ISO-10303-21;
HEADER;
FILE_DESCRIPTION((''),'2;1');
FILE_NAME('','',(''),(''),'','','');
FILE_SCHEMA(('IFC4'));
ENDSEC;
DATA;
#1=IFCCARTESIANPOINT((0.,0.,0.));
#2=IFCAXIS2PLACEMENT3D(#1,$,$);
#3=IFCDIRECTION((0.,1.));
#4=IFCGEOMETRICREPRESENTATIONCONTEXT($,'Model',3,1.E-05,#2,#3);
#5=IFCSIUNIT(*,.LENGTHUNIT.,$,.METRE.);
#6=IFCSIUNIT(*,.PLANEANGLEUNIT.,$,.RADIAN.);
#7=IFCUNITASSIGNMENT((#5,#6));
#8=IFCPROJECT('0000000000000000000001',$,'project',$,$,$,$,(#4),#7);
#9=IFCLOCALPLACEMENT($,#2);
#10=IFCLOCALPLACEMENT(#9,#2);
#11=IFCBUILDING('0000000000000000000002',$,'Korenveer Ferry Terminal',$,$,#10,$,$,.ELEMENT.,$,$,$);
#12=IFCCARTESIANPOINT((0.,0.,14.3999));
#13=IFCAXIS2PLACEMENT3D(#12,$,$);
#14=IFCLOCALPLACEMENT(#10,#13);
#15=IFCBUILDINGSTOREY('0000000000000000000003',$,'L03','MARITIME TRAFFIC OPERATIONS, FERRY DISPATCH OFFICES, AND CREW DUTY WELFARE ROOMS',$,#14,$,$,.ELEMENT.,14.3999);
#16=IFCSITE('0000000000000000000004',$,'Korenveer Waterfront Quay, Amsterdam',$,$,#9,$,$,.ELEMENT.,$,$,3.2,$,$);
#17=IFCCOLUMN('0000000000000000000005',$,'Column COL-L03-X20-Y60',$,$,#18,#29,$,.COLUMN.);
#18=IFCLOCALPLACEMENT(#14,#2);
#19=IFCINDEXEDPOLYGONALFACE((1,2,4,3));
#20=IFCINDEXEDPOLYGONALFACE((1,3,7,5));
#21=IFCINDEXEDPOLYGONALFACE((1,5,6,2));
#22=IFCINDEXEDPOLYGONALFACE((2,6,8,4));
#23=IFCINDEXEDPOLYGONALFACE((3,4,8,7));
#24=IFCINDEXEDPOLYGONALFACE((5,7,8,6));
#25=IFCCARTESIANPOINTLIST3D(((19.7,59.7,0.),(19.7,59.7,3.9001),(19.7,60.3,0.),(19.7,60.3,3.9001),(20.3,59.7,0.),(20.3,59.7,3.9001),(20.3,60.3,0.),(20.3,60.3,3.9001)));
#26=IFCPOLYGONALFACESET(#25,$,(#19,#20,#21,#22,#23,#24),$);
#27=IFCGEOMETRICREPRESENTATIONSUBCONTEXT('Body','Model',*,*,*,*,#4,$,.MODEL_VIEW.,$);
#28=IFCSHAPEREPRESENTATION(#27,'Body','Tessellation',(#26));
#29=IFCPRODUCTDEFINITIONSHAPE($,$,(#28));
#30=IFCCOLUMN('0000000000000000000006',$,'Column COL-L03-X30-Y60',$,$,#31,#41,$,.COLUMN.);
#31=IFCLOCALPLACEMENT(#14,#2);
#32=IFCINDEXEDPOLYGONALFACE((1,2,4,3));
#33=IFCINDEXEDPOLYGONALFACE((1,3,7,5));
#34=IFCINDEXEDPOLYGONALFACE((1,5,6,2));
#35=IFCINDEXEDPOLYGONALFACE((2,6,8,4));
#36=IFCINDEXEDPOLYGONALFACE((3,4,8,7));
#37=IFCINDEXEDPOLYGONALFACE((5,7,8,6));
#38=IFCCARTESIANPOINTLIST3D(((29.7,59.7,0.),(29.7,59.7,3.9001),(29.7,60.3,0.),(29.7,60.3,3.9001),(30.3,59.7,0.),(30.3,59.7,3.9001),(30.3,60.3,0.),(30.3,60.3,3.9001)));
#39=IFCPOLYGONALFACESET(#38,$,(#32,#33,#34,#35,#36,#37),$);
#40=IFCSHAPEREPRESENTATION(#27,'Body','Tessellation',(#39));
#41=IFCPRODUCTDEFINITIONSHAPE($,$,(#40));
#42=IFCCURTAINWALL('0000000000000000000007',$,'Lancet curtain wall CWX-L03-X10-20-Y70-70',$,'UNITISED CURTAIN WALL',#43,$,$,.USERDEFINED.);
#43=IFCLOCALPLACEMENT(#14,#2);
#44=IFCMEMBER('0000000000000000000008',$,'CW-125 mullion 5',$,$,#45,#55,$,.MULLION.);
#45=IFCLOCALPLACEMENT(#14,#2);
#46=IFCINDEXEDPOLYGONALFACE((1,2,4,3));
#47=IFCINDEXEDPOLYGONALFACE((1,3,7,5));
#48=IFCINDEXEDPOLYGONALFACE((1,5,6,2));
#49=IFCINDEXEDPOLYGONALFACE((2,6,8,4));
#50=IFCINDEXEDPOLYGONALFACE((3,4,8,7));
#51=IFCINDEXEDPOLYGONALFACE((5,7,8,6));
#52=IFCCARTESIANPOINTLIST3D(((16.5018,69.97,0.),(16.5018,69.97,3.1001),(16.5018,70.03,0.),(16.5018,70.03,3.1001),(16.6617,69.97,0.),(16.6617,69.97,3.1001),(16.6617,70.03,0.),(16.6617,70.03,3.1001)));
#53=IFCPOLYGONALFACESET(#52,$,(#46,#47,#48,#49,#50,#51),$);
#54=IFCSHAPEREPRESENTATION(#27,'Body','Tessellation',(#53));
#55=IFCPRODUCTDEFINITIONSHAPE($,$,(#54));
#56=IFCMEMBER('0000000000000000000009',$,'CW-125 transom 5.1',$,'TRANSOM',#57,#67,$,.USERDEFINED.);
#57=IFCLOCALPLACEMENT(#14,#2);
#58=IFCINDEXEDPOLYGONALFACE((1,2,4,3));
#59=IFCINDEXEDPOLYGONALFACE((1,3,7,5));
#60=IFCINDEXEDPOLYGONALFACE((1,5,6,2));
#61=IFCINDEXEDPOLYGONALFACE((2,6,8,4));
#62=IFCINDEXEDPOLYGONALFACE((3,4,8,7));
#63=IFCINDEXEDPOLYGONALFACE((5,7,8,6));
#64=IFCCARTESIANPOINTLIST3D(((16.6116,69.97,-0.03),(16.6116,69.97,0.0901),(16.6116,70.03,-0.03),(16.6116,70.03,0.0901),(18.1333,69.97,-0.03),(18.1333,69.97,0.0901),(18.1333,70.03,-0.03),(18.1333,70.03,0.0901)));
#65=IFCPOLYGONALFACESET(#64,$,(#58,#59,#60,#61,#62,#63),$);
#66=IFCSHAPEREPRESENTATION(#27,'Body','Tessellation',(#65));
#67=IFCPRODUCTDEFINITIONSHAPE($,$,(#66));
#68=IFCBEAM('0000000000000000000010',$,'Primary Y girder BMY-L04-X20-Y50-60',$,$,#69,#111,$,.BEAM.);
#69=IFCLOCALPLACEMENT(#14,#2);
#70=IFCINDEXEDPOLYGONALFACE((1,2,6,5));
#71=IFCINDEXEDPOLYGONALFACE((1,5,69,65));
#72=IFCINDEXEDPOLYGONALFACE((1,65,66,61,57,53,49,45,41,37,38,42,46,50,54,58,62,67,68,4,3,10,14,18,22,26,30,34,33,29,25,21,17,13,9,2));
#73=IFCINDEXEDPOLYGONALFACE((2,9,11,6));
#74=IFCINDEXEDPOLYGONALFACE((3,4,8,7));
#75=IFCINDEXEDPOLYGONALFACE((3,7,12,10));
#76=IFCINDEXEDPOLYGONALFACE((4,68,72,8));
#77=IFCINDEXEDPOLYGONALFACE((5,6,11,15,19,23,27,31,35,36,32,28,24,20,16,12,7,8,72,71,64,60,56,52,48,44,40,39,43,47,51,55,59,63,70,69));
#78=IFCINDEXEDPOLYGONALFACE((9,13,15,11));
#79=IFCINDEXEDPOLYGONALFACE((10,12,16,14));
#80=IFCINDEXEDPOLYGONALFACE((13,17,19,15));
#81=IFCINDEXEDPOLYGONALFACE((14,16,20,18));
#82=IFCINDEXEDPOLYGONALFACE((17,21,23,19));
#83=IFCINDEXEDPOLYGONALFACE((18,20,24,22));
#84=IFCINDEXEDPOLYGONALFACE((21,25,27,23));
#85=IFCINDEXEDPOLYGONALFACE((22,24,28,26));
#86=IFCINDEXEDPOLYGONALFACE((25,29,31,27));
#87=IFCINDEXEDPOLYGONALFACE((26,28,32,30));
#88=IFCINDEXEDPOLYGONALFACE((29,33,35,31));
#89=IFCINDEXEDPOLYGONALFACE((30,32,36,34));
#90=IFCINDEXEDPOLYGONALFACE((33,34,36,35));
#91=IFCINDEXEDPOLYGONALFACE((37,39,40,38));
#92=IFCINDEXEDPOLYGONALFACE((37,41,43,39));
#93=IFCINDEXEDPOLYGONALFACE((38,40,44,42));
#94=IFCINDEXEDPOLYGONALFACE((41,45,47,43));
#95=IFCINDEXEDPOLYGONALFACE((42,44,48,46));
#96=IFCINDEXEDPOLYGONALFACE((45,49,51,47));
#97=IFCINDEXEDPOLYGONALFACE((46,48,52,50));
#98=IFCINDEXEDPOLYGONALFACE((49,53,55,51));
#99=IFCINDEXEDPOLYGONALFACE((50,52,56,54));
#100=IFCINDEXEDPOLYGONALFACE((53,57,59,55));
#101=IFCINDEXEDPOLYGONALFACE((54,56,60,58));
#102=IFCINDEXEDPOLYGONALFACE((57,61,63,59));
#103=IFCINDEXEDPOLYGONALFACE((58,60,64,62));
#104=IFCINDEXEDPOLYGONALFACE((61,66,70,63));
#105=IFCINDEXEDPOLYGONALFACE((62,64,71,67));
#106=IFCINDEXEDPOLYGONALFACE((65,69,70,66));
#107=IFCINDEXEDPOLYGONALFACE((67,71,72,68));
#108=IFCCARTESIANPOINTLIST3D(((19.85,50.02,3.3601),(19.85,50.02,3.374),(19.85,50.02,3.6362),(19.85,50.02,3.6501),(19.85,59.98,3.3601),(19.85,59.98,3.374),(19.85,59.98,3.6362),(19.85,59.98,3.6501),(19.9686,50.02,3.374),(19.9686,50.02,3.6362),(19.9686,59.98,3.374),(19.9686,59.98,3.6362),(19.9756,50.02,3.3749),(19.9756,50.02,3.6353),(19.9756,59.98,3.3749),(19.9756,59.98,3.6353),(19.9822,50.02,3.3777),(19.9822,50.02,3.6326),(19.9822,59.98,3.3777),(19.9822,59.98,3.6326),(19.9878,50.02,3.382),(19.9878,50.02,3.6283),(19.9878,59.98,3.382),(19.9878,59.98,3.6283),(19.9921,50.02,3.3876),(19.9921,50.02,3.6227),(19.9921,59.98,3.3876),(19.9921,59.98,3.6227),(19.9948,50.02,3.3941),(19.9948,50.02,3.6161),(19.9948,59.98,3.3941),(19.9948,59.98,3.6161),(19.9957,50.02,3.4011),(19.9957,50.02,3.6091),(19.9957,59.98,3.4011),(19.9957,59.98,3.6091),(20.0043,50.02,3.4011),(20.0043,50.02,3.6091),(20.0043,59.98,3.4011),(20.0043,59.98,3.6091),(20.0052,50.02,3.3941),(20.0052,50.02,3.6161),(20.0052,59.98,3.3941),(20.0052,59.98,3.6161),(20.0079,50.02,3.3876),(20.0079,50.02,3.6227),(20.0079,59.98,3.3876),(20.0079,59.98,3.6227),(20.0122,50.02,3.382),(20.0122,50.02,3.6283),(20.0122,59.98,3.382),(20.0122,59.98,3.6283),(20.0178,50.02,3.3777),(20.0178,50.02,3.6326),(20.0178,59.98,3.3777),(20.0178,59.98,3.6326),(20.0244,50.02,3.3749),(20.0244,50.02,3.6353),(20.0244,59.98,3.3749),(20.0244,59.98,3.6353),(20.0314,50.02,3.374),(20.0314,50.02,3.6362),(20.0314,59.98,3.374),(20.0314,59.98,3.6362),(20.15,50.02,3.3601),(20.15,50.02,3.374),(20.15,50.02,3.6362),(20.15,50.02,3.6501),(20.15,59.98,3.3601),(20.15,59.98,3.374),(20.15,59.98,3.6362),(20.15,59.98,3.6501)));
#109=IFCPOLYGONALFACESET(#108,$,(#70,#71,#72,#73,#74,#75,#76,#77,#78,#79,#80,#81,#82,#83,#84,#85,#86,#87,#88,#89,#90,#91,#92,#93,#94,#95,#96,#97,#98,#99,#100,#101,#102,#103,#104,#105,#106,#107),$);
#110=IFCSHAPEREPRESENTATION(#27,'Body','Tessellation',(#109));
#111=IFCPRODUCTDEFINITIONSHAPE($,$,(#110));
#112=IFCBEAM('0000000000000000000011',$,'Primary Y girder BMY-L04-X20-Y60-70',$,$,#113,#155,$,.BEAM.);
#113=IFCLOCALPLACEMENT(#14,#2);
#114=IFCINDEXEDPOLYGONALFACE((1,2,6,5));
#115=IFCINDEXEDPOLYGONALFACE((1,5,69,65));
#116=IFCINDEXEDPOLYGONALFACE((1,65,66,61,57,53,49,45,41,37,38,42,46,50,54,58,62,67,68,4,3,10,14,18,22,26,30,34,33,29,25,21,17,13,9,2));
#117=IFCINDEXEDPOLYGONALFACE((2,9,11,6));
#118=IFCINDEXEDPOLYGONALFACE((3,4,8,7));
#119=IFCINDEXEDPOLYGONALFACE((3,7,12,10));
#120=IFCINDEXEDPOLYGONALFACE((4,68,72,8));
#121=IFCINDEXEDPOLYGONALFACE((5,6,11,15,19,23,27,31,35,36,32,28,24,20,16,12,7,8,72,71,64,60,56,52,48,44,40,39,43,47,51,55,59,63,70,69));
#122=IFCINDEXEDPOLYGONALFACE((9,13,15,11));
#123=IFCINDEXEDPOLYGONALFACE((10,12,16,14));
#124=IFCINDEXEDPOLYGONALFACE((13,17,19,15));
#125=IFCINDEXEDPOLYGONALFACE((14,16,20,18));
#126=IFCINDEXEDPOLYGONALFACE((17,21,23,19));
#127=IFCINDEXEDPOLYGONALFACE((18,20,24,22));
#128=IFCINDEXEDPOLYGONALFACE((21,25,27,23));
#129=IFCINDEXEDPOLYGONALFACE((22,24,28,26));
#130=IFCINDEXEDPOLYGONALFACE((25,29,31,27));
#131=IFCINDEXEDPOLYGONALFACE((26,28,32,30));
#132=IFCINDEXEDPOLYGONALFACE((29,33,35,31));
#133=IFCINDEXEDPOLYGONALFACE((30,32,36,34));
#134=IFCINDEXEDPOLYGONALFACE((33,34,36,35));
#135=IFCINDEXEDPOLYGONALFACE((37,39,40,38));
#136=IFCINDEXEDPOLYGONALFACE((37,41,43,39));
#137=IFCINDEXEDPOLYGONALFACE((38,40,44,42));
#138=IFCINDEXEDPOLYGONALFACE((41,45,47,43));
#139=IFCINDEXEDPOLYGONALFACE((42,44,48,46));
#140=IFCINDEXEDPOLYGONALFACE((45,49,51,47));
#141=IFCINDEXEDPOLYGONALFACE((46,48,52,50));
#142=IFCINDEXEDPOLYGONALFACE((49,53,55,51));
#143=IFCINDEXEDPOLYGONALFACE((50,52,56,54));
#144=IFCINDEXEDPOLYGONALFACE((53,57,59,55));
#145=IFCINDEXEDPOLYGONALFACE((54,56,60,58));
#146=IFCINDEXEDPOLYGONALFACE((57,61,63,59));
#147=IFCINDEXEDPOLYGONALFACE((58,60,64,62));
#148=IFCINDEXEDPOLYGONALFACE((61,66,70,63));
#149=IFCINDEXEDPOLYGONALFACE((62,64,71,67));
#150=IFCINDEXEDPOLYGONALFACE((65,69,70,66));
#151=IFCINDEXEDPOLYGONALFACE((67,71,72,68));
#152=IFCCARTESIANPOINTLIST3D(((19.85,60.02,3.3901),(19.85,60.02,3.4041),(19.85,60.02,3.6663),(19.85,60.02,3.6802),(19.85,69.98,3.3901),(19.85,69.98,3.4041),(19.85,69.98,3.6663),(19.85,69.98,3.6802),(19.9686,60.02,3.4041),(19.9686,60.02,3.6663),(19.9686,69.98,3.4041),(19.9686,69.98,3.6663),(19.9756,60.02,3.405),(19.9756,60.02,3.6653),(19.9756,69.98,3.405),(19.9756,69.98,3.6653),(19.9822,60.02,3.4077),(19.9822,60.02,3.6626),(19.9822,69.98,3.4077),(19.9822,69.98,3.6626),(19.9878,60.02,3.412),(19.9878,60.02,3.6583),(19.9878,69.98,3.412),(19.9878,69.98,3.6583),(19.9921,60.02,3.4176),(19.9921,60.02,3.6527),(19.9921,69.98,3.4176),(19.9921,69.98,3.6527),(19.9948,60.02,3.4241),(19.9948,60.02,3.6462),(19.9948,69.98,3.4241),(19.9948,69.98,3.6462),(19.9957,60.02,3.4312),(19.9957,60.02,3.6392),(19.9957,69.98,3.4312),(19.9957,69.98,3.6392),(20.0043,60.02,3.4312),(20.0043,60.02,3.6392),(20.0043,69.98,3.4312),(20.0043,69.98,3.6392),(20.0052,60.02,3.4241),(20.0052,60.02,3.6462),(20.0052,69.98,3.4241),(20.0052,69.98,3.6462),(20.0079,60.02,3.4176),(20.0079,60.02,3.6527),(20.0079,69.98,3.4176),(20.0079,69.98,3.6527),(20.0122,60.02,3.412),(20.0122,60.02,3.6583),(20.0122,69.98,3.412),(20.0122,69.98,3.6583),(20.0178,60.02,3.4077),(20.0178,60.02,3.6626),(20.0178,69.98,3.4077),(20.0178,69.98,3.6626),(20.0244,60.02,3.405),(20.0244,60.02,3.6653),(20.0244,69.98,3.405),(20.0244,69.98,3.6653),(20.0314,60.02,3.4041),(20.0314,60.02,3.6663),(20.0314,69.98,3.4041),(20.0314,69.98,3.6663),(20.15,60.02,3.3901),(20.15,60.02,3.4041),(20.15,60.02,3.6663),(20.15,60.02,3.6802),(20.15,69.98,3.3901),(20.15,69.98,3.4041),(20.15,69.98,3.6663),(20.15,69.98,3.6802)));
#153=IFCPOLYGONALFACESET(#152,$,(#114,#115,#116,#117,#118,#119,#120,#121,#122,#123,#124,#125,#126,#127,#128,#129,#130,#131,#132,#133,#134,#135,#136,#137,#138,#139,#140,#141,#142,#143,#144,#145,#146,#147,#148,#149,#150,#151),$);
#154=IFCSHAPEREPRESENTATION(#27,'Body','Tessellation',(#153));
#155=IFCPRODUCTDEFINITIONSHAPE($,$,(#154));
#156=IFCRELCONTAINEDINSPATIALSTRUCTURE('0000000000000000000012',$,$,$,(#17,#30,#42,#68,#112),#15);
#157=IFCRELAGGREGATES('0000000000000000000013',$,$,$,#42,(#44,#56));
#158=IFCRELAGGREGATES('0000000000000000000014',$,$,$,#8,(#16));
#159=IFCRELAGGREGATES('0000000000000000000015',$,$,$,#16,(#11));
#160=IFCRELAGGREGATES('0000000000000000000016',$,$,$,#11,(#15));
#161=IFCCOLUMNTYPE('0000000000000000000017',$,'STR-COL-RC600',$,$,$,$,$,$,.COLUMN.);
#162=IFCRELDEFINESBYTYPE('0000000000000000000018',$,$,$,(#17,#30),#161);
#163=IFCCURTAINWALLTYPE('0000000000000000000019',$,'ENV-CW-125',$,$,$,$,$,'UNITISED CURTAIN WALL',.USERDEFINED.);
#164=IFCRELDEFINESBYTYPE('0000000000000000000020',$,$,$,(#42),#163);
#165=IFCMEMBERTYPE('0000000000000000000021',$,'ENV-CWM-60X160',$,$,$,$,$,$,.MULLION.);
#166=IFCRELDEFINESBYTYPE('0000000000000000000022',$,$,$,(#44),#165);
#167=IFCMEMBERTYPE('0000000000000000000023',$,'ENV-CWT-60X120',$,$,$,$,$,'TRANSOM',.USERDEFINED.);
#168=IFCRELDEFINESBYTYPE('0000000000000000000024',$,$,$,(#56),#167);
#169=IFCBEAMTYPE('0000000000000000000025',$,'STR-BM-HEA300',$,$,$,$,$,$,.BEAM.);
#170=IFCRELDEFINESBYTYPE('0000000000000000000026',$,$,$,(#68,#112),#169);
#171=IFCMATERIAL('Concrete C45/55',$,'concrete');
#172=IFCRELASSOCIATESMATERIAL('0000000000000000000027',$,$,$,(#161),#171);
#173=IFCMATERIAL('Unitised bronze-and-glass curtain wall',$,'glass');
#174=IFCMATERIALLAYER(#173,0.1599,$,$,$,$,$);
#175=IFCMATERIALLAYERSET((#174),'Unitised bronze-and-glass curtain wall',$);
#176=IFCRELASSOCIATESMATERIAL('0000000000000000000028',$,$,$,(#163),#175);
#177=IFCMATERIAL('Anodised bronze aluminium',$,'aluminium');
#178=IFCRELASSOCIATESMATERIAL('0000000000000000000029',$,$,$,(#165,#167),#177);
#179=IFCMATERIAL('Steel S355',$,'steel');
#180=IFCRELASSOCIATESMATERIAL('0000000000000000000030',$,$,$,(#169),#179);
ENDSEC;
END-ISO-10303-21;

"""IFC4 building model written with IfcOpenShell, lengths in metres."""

from ifc_helpers import new_model, si_unit, direction, frame, origin, origin_2d, place, context, subcontext, project, spatial, rectangle, i_section, extrude, material, layer, layer_set, material_profile, profile_set, type_object, element, aggregate, save


model = new_model("IFC4")

# Units and contexts
model_context = context("Model", 3, precision=1e-05, world=origin(), true_north=direction((0.0, 1.0)))
body_context = subcontext(model_context, "Body", "Model", "MODEL_VIEW")
ifc_project = project(units=[si_unit("LENGTHUNIT", "METRE"), si_unit("PLANEANGLEUNIT", "RADIAN")], contexts=[model_context])

# Site, building, storey
site_placement = place(None, origin())
site = spatial("IfcSite", under=ifc_project, at=site_placement, Name="Korenveer Waterfront Quay, Amsterdam", CompositionType="ELEMENT", RefElevation=3.2)
building_placement = place(site_placement, origin())
building = spatial("IfcBuilding", under=site, at=building_placement, Name="Korenveer Ferry Terminal", CompositionType="ELEMENT")
storey_placement = place(building_placement, frame((0.0, 0.0, 14.3999)))
storey = spatial("IfcBuildingStorey", under=building, at=storey_placement, Name="L03", Description="MARITIME TRAFFIC OPERATIONS, FERRY DISPATCH OFFICES, AND CREW DUTY WELFARE ROOMS", CompositionType="ELEMENT", Elevation=14.3999)

# Columns
ifc_material_1 = material(Name="Concrete C45/55", Category="concrete")
ifc_material_profile_1 = material_profile(ifc_material_1, rectangle(XDim=0.6001, YDim=0.6001, at=origin_2d()), Name="RC 600x600")
ifc_profile_set_1 = profile_set([ifc_material_profile_1], Name="Concrete C45/55")
column_type = type_object("IfcColumnType", Name="STR-COL-RC600", PredefinedType="COLUMN", material=ifc_profile_set_1)
for number, where, z_axis, x_axis, name in (
    (1, (20.0, 60.0, 0.0), (0.0, 0.0, 1.0), (1.0, 0.0, 0.0), "Column COL-L03-X20-Y60"),
    (2, (30.0, 60.0, 0.0), (0.0, 0.0, 1.0), (1.0, 0.0, 0.0), "Column COL-L03-X30-Y60"),
):
    element("IfcColumn", number, at=place(storey_placement, frame(where, z_axis=z_axis, x_axis=x_axis)), inside=storey, type_object=column_type, Name=name, PredefinedType="COLUMN", context=body_context, shape_type="SweptSolid", body=[
        extrude(rectangle(XDim=0.6001, YDim=0.6001, at=origin_2d()), origin(), (0.0, 0.0, 1.0), 3.9001),
    ])

# Curtain wall, members
ifc_material_2 = material(Name="Unitised bronze-and-glass curtain wall", Category="glass")
ifc_layer_1 = layer(ifc_material_2, 0.1599)
ifc_layer_set_1 = layer_set([ifc_layer_1], Name="Unitised bronze-and-glass curtain wall")
curtain_wall_type = type_object("IfcCurtainWallType", Name="ENV-CW-125", ElementType="UNITISED CURTAIN WALL", PredefinedType="USERDEFINED", material=ifc_layer_set_1)
curtain_wall_placement = place(storey_placement, frame((10.2549, 70.0, 0.0)))
curtain_wall = element("IfcCurtainWall", 3, at=curtain_wall_placement, inside=storey, type_object=curtain_wall_type, Name="Lancet curtain wall CWX-L03-X10-20-Y70-70", ObjectType="UNITISED CURTAIN WALL", PredefinedType="USERDEFINED")
ifc_material_3 = material(Name="Anodised bronze aluminium", Category="aluminium")
ifc_material_profile_2 = material_profile(ifc_material_3, rectangle(XDim=0.0601, YDim=0.1599, at=origin_2d()), Name="ALU 60x160")
ifc_profile_set_2 = profile_set([ifc_material_profile_2], Name="Anodised bronze aluminium")
member_type_1 = type_object("IfcMemberType", Name="ENV-CWM-60X160", PredefinedType="MULLION", material=ifc_profile_set_2)
member_1_placement = place(storey_placement, frame((16.5818, 70.0, 0.0), z_axis=(0.0, 0.0, 1.0), x_axis=(0.0, 1.0, 0.0)))
member_1 = element("IfcMember", 4, at=member_1_placement, type_object=member_type_1, Name="CW-125 mullion 5", PredefinedType="MULLION", context=body_context, shape_type="SweptSolid", body=[
    extrude(rectangle(XDim=0.0601, YDim=0.1599, at=origin_2d()), origin(), (0.0, 0.0, 1.0), 3.1001),
])
ifc_material_profile_3 = material_profile(ifc_material_3, rectangle(XDim=0.0601, YDim=0.1201, at=origin_2d()), Name="ALU 60x120")
ifc_profile_set_3 = profile_set([ifc_material_profile_3], Name="Anodised bronze aluminium")
member_type_2 = type_object("IfcMemberType", Name="ENV-CWT-60X120", ElementType="TRANSOM", PredefinedType="USERDEFINED", material=ifc_profile_set_3)
member_2_placement = place(storey_placement, frame((16.6116, 70.0, 0.03), z_axis=(1.0, 0.0, 0.0), x_axis=(0.0, 1.0, 0.0)))
member_2 = element("IfcMember", 5, at=member_2_placement, type_object=member_type_2, Name="CW-125 transom 5.1", ObjectType="TRANSOM", PredefinedType="USERDEFINED", context=body_context, shape_type="SweptSolid", body=[
    extrude(rectangle(XDim=0.0601, YDim=0.1201, at=origin_2d()), origin(), (0.0, 0.0, 1.0), 1.5217),
])

# Beams
ifc_material_4 = material(Name="Steel S355", Category="steel")
ifc_material_profile_4 = material_profile(ifc_material_4, i_section(OverallWidth=0.3, OverallDepth=0.29, WebThickness=0.0085, FlangeThickness=0.0139, FilletRadius=0.0271, at=origin_2d()), Name="HEA 300")
ifc_profile_set_4 = profile_set([ifc_material_profile_4], Name="Steel S355")
beam_type_1 = type_object("IfcBeamType", Name="STR-BM-HEA300", PredefinedType="BEAM", material=ifc_profile_set_4)
for number, where, z_axis, x_axis, name in (
    (6, (20.0, 50.02, 3.5051), (0.0, 1.0, 0.0), (-1.0, 0.0, 0.0), "Primary Y girder BMY-L04-X20-Y50-60"),
    (7, (20.0, 60.02, 3.5352), (0.0, 1.0, 0.0), (-1.0, 0.0, 0.0), "Primary Y girder BMY-L04-X20-Y60-70"),
):
    element("IfcBeam", number, at=place(storey_placement, frame(where, z_axis=z_axis, x_axis=x_axis)), inside=storey, type_object=beam_type_1, Name=name, PredefinedType="BEAM", context=body_context, shape_type="SweptSolid", body=[
        extrude(i_section(OverallWidth=0.3, OverallDepth=0.29, WebThickness=0.0085, FlangeThickness=0.0139, FilletRadius=0.0271, at=origin_2d()), origin(), (0.0, 0.0, 1.0), 9.96),
    ])

aggregate(curtain_wall, [member_1, member_2])

save(model, "model.ifc")
